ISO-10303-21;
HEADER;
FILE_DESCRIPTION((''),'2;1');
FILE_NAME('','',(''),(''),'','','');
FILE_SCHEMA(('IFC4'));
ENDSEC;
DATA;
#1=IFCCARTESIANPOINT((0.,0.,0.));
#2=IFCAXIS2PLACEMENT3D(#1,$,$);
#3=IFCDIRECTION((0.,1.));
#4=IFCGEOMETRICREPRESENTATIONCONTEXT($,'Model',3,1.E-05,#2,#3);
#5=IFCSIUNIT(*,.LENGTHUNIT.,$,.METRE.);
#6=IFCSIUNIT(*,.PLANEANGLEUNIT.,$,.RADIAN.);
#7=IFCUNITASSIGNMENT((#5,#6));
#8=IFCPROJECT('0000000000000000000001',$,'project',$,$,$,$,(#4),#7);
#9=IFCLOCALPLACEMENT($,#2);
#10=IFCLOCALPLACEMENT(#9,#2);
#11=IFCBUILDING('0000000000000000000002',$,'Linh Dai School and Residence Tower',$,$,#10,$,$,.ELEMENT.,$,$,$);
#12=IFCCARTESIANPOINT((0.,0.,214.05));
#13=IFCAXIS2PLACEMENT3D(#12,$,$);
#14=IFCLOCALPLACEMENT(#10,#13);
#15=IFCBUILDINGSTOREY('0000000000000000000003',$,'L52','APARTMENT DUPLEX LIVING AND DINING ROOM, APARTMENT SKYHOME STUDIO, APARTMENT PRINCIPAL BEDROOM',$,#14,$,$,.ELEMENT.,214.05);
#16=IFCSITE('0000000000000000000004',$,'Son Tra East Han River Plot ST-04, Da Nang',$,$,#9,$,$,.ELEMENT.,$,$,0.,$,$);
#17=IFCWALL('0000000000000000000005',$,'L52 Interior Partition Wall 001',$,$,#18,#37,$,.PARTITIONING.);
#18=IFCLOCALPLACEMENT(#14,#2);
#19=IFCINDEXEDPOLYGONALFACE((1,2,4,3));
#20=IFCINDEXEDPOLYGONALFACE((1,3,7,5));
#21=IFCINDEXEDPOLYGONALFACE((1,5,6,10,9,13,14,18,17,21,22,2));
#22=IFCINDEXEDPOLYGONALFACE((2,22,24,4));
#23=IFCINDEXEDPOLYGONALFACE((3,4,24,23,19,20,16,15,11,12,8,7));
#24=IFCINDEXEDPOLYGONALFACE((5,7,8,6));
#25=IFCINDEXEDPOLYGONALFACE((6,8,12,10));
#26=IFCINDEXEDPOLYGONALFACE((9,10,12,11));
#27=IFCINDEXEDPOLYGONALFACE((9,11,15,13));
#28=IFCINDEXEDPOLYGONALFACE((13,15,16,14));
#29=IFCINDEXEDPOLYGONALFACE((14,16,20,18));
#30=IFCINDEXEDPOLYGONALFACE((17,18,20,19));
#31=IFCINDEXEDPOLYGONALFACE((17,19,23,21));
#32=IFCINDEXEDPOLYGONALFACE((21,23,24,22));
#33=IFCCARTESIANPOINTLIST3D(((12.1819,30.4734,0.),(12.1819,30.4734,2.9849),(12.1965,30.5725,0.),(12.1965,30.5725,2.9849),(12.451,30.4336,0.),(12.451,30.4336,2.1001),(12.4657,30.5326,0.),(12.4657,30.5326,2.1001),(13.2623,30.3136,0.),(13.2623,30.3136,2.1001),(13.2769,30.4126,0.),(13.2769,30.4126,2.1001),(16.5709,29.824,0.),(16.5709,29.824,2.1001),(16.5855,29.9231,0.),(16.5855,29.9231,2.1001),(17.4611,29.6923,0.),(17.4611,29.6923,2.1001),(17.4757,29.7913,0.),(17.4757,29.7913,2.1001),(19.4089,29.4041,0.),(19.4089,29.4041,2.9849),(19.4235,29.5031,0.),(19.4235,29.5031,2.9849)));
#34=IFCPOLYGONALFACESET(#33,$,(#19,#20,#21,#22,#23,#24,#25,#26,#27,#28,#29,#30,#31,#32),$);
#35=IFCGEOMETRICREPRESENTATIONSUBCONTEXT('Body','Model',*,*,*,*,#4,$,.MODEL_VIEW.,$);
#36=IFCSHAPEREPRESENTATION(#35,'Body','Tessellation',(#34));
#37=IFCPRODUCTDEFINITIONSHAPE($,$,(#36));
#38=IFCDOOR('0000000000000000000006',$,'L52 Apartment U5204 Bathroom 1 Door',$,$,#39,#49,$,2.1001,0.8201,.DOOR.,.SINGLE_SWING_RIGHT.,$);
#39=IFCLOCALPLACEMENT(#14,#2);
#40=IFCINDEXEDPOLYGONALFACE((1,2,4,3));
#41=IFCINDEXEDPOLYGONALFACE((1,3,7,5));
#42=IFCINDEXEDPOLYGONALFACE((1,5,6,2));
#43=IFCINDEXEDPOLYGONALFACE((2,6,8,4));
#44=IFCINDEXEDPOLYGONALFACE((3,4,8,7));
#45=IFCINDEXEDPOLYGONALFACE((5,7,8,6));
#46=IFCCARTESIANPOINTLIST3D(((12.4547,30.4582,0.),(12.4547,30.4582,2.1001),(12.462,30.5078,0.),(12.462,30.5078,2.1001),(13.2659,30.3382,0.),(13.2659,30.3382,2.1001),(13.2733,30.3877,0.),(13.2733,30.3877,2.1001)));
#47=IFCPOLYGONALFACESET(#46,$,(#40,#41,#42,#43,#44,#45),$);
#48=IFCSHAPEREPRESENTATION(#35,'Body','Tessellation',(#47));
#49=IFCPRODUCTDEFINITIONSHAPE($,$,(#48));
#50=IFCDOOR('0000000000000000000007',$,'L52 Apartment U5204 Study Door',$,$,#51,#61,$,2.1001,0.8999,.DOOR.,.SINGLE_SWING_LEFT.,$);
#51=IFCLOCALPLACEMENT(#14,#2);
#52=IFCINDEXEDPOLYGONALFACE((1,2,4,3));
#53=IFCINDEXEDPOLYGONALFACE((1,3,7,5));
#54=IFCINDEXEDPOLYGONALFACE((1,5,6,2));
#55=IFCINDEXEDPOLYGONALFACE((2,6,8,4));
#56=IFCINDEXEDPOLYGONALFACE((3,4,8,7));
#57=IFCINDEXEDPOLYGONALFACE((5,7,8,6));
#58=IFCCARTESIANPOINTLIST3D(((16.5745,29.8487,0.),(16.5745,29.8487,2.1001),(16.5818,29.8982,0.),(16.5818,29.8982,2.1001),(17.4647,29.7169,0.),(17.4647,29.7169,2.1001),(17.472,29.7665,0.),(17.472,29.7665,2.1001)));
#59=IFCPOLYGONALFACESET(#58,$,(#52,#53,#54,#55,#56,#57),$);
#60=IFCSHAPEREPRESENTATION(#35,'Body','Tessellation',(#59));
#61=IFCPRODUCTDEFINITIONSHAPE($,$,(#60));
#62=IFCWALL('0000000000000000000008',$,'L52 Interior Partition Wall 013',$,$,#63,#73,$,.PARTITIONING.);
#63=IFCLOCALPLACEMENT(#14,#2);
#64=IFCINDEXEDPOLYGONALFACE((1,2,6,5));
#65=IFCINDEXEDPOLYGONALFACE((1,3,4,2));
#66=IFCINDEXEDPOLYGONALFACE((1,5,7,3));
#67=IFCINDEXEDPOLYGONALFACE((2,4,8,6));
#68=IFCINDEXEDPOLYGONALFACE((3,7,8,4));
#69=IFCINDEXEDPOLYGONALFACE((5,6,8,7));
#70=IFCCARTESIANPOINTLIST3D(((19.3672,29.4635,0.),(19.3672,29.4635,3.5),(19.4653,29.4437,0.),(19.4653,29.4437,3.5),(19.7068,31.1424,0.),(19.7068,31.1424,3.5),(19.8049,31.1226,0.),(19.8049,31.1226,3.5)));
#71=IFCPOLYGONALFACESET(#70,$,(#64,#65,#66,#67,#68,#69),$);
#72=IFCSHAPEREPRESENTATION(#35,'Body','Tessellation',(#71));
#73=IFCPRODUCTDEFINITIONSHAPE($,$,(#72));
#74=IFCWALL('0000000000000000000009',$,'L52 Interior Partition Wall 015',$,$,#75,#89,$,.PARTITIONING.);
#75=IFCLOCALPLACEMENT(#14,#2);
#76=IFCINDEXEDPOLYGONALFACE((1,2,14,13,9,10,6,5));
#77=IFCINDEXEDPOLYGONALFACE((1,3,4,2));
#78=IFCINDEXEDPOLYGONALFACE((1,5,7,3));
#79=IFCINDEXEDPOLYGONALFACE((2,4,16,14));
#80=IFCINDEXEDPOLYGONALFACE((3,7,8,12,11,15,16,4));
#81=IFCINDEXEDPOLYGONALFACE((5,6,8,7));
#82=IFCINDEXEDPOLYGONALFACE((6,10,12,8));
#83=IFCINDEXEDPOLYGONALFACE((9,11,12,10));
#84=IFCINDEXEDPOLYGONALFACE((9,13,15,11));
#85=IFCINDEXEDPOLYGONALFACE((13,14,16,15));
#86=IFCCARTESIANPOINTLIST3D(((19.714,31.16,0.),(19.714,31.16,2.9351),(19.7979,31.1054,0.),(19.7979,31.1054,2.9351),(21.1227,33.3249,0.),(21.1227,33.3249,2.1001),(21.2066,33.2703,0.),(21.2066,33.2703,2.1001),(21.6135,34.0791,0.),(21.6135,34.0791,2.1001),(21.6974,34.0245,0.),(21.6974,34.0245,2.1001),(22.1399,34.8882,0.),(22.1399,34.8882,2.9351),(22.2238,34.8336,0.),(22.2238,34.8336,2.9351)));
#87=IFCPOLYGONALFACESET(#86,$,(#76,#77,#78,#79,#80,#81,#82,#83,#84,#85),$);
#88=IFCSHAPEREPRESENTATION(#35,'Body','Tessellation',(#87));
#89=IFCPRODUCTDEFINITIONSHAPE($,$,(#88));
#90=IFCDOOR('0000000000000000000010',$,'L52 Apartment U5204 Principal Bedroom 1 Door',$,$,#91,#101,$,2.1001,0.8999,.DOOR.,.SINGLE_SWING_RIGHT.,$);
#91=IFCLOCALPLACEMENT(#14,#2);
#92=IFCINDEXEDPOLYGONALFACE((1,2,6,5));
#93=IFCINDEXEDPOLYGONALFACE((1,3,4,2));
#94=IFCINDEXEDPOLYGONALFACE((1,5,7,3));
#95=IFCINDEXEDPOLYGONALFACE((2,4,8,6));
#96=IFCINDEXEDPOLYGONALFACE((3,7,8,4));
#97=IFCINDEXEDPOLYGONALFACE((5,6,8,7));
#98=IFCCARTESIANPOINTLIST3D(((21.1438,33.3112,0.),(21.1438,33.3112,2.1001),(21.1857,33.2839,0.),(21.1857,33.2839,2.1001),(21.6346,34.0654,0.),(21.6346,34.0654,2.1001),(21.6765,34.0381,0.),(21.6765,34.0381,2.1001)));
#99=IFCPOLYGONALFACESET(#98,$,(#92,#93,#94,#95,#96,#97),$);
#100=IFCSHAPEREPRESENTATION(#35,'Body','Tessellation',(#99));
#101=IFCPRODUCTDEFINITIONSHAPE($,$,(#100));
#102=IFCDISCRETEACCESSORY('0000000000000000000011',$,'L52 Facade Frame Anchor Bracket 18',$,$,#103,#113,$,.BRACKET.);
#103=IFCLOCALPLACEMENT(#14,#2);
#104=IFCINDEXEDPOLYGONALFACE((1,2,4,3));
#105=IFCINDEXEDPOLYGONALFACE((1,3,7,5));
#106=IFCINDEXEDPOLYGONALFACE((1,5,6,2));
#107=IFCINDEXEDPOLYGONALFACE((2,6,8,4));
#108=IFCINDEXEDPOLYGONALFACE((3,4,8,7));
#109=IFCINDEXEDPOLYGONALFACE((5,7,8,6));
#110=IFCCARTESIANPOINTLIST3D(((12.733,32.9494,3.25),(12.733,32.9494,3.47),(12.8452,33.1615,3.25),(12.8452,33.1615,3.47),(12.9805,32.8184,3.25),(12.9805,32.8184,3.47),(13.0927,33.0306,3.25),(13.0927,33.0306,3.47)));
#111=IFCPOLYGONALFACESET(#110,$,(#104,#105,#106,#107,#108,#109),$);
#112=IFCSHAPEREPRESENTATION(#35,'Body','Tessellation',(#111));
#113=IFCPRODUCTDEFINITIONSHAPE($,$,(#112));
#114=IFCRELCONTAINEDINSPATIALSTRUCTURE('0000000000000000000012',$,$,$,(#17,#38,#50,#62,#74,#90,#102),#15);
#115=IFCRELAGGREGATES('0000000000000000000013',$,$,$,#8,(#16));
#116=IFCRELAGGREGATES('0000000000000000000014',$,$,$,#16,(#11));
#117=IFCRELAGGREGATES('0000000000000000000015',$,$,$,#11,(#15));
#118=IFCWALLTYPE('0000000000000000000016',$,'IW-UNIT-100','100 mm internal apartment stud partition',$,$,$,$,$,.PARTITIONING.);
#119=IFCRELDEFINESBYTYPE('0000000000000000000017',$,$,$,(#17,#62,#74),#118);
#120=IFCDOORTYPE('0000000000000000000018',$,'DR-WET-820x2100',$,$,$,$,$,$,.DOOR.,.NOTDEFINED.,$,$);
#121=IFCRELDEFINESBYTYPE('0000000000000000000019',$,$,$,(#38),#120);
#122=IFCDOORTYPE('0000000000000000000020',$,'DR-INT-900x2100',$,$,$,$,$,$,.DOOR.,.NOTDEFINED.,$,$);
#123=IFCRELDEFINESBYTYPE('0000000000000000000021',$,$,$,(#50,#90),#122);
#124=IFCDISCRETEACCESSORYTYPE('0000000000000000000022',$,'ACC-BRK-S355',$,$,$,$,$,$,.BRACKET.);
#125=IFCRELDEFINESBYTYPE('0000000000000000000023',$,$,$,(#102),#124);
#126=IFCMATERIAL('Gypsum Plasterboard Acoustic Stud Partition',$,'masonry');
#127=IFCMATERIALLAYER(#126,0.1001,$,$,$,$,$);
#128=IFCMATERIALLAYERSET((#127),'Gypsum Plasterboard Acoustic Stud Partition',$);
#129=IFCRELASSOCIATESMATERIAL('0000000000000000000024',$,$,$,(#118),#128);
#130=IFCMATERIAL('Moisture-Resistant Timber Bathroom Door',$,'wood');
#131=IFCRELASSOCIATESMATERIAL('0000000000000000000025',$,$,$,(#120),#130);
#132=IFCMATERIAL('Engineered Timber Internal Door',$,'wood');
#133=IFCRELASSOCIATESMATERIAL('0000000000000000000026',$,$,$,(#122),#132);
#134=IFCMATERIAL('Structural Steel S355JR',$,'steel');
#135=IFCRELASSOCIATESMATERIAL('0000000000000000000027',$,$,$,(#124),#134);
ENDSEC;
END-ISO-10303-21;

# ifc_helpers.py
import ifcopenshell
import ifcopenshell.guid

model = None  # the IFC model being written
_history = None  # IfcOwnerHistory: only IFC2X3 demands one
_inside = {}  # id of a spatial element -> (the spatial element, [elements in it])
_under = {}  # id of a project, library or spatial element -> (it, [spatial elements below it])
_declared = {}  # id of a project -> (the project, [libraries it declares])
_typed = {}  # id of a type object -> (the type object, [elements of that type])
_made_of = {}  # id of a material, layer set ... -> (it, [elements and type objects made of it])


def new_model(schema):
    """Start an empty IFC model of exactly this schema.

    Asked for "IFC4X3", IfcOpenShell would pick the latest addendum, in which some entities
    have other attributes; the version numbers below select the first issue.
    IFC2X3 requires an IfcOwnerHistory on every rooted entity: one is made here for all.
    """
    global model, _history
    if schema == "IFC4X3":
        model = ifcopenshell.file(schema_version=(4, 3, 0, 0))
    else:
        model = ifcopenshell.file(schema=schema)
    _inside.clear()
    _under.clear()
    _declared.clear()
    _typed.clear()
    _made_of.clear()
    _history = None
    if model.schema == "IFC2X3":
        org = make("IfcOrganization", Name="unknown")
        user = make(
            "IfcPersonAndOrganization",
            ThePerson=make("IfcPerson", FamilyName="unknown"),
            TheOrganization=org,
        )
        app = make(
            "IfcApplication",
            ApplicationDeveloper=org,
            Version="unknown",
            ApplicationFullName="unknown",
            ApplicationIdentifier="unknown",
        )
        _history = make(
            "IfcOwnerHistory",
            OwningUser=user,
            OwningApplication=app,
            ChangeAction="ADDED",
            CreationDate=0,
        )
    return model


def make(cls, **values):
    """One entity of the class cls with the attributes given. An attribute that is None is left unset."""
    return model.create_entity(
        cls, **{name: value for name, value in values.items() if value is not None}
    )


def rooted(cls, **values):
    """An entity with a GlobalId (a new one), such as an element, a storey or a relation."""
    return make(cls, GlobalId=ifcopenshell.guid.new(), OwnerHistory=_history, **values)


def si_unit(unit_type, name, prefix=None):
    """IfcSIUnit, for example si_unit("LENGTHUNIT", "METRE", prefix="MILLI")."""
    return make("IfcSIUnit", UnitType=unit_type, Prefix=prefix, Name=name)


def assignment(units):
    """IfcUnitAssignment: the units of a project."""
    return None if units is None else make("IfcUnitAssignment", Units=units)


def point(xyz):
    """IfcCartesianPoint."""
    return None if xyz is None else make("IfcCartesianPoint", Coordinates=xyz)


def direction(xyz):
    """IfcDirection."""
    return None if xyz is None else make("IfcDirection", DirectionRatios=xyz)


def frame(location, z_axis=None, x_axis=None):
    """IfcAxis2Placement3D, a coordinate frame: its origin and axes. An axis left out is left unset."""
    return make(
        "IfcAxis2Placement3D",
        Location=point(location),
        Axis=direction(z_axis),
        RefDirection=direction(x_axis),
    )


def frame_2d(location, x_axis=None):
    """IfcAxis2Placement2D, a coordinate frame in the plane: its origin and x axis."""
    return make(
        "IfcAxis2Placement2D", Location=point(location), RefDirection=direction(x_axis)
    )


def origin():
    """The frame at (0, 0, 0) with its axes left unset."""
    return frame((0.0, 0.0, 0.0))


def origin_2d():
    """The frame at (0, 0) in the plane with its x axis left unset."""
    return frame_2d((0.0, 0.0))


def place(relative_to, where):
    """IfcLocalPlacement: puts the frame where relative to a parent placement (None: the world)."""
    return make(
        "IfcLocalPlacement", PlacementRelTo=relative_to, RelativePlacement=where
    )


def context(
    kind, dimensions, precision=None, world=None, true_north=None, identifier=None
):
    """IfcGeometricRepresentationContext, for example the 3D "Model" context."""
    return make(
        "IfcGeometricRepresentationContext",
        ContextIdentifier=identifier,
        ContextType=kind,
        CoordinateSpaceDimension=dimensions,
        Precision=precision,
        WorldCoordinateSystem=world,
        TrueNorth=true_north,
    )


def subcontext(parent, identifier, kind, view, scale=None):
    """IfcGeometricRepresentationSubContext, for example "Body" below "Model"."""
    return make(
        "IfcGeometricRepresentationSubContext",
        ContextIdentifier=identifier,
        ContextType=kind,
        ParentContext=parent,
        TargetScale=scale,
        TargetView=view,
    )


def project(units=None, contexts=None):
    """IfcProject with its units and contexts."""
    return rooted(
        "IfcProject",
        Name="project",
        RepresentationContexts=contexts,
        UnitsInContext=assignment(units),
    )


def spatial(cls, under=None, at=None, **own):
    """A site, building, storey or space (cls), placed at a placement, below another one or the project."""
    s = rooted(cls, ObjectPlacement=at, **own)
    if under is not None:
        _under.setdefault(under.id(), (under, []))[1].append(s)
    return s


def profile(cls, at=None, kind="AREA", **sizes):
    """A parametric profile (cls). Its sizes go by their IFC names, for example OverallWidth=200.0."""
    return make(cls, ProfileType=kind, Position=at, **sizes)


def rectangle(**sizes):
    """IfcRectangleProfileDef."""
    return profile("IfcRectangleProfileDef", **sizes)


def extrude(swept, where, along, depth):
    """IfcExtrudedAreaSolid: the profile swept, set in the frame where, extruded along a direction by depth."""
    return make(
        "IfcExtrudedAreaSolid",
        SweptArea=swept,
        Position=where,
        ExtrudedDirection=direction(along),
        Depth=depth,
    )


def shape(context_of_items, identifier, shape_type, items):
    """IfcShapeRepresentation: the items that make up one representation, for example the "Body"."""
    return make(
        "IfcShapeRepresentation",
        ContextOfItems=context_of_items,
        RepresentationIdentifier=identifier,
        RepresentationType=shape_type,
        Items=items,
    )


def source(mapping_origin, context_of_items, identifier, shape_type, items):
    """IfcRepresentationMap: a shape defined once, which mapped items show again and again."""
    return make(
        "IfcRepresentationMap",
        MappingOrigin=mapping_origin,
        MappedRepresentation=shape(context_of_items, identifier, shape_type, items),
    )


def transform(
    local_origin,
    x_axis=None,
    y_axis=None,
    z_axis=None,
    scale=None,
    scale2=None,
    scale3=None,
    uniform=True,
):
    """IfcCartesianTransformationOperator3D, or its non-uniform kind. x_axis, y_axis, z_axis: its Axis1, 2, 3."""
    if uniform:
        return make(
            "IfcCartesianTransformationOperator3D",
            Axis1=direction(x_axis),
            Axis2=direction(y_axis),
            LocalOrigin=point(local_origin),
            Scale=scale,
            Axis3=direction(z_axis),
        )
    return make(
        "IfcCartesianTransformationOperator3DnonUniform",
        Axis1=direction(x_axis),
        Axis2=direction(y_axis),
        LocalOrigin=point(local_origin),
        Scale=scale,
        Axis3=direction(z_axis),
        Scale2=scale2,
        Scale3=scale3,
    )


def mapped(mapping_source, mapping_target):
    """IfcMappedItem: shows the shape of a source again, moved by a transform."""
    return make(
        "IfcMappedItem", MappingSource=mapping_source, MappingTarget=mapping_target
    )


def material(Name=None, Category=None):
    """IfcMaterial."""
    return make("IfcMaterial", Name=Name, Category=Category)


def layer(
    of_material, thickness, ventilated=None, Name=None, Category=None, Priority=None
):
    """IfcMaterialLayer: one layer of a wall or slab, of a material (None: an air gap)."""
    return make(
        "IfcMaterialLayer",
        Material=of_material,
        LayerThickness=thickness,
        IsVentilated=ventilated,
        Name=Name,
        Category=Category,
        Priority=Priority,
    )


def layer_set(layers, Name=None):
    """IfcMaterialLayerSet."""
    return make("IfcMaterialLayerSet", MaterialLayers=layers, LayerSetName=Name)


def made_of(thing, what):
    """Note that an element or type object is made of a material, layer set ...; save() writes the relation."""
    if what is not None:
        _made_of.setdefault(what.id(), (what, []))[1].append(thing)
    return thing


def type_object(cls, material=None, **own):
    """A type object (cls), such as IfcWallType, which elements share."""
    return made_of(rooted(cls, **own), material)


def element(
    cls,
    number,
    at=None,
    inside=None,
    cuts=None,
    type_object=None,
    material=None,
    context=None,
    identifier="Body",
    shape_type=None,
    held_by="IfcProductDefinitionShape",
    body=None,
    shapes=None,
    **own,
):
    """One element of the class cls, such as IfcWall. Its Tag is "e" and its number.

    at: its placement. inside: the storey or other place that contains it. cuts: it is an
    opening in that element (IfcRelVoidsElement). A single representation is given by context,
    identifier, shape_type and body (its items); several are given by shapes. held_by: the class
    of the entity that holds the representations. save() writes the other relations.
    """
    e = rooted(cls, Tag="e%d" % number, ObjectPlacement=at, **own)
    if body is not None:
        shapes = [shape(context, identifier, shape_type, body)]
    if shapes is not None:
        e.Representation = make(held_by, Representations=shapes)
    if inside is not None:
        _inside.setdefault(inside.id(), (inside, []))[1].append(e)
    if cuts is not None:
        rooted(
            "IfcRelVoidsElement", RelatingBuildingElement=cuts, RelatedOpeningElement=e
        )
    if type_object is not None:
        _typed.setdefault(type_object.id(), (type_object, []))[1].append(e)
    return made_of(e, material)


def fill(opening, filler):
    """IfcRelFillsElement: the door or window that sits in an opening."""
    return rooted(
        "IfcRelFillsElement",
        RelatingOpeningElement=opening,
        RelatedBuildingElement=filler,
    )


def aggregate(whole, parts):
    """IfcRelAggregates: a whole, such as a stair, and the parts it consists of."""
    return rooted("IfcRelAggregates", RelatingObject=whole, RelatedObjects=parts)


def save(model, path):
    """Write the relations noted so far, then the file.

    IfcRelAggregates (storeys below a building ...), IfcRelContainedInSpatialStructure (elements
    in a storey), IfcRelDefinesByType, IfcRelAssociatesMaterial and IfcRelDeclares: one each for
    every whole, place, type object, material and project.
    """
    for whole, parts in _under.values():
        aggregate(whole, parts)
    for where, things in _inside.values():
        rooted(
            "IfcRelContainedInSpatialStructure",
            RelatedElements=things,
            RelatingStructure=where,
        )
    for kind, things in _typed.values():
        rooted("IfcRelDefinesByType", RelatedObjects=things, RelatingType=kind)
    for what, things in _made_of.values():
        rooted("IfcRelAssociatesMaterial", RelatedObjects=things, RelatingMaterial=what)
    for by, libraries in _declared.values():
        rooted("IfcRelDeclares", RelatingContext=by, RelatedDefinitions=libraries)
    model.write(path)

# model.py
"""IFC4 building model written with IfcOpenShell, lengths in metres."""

from ifc_helpers import new_model, si_unit, direction, frame, frame_2d, origin, origin_2d, place, context, subcontext, project, spatial, rectangle, extrude, source, transform, mapped, material, layer, layer_set, type_object, element, fill, save


model = new_model("IFC4")

# Units and contexts
model_context = context("Model", 3, precision=1e-05, world=origin(), true_north=direction((0.0, 1.0)))
body_context = subcontext(model_context, "Body", "Model", "MODEL_VIEW")
ifc_project = project(units=[si_unit("LENGTHUNIT", "METRE"), si_unit("PLANEANGLEUNIT", "RADIAN")], contexts=[model_context])

# Site, building, storey
site_placement = place(None, origin())
site = spatial("IfcSite", under=ifc_project, at=site_placement, Name="Son Tra East Han River Plot ST-04, Da Nang", CompositionType="ELEMENT", RefElevation=0.0)
building_placement = place(site_placement, origin())
building = spatial("IfcBuilding", under=site, at=building_placement, Name="Linh Dai School and Residence Tower", CompositionType="ELEMENT")
storey_placement = place(building_placement, frame((0.0, 0.0, 214.05)))
storey = spatial("IfcBuildingStorey", under=building, at=storey_placement, Name="L52", Description="APARTMENT DUPLEX LIVING AND DINING ROOM, APARTMENT SKYHOME STUDIO, APARTMENT PRINCIPAL BEDROOM", CompositionType="ELEMENT", Elevation=214.05)

# Shared definitions
ifc_material_1 = material(Name="Structural Steel S355JR", Category="steel")

# Wall, openings, doors
ifc_material_2 = material(Name="Gypsum Plasterboard Acoustic Stud Partition", Category="masonry")
ifc_layer_1 = layer(ifc_material_2, 0.1001)
ifc_layer_set_1 = layer_set([ifc_layer_1], Name="Gypsum Plasterboard Acoustic Stud Partition")
wall_type_1 = type_object("IfcWallType", Name="IW-UNIT-100", Description="100 mm internal apartment stud partition", PredefinedType="PARTITIONING", material=ifc_layer_set_1)
wall_1_placement = place(storey_placement, frame((12.1892, 30.5229, 0.0), z_axis=(0.0, 0.0, 1.0), x_axis=(0.98923, -0.146369, 0.0)))
wall_1 = element("IfcWall", 1, at=wall_1_placement, inside=storey, type_object=wall_type_1, Name="L52 Interior Partition Wall 001", PredefinedType="PARTITIONING", context=body_context, shape_type="SweptSolid", body=[
    extrude(rectangle(XDim=7.3057, YDim=0.1001, at=frame_2d((3.6528, 0.0))), origin(), (0.0, 0.0, 1.0), 2.9849),
])
opening_1_placement = place(wall_1_placement, frame((4.4368, 0.0, 0.0)))
opening_1 = element("IfcOpeningElement", 2, at=opening_1_placement, cuts=wall_1, PredefinedType="OPENING", context=body_context, shape_type="SweptSolid", body=[
    extrude(rectangle(XDim=0.8999, YDim=2.1001, at=origin_2d()), frame((0.45, 0.0601, 1.05), z_axis=(0.0, -1.0, 0.0), x_axis=(1.0, 0.0, 0.0)), (0.0, 0.0, 1.0), 0.1201),
])
opening_2_placement = place(wall_1_placement, frame((0.272, 0.0, 0.0)))
opening_2 = element("IfcOpeningElement", 3, at=opening_2_placement, cuts=wall_1, PredefinedType="OPENING", context=body_context, shape_type="SweptSolid", body=[
    extrude(rectangle(XDim=0.8201, YDim=2.1001, at=origin_2d()), frame((0.4102, 0.0601, 1.05), z_axis=(0.0, -1.0, 0.0), x_axis=(1.0, 0.0, 0.0)), (0.0, 0.0, 1.0), 0.1201),
])
ifc_material_3 = material(Name="Moisture-Resistant Timber Bathroom Door", Category="wood")
door_type_1 = type_object("IfcDoorType", Name="DR-WET-820x2100", OperationType="NOTDEFINED", PredefinedType="DOOR", material=ifc_material_3)
shared_shape_1 = source(origin(), body_context, "Body", "SweptSolid", [
    extrude(rectangle(XDim=0.8201, YDim=2.1001, at=origin_2d()), frame((0.4102, 0.0249, 1.05), z_axis=(0.0, -1.0, 0.0), x_axis=(1.0, 0.0, 0.0)), (0.0, 0.0, 1.0), 0.05),
])
door_1_placement = place(opening_2_placement, origin())
door_1 = element("IfcDoor", 4, at=door_1_placement, inside=storey, type_object=door_type_1, Name="L52 Apartment U5204 Bathroom 1 Door", OperationType="SINGLE_SWING_RIGHT", OverallHeight=2.1001, OverallWidth=0.8201, PredefinedType="DOOR", context=body_context, shape_type="MappedRepresentation", body=[
    mapped(shared_shape_1, transform((0.0, 0.0, 0.0), x_axis=(1.0, 0.0, 0.0), y_axis=(0.0, 1.0, 0.0), z_axis=(0.0, 0.0, 1.0), scale=1.0)),
])
fill(opening_2, door_1)
ifc_material_4 = material(Name="Engineered Timber Internal Door", Category="wood")
door_type_2 = type_object("IfcDoorType", Name="DR-INT-900x2100", OperationType="NOTDEFINED", PredefinedType="DOOR", material=ifc_material_4)
shared_shape_2 = source(origin(), body_context, "Body", "SweptSolid", [
    extrude(rectangle(XDim=0.8999, YDim=2.1001, at=origin_2d()), frame((0.45, 0.0249, 1.05), z_axis=(0.0, -1.0, 0.0), x_axis=(1.0, 0.0, 0.0)), (0.0, 0.0, 1.0), 0.05),
])
door_2_placement = place(opening_1_placement, origin())
door_2 = element("IfcDoor", 5, at=door_2_placement, inside=storey, type_object=door_type_2, Name="L52 Apartment U5204 Study Door", OperationType="SINGLE_SWING_LEFT", OverallHeight=2.1001, OverallWidth=0.8999, PredefinedType="DOOR", context=body_context, shape_type="MappedRepresentation", body=[
    mapped(shared_shape_2, transform((0.0, 0.0, 0.0), x_axis=(1.0, 0.0, 0.0), y_axis=(0.0, 1.0, 0.0), z_axis=(0.0, 0.0, 1.0), scale=1.0)),
])
fill(opening_1, door_2)

# Wall
wall_2_placement = place(storey_placement, frame((19.4163, 29.4536, 0.0), z_axis=(0.0, 0.0, 1.0), x_axis=(0.198254, 0.980151, 0.0)))
element("IfcWall", 6, at=wall_2_placement, inside=storey, type_object=wall_type_1, Name="L52 Interior Partition Wall 013", PredefinedType="PARTITIONING", context=body_context, shape_type="SweptSolid", body=[
    extrude(rectangle(XDim=1.7129, YDim=0.1001, at=frame_2d((0.8564, 0.0))), origin(), (0.0, 0.0, 1.0), 3.5),
])

# Wall, opening, door
wall_3_placement = place(storey_placement, frame((19.7559, 31.1326, 0.0), z_axis=(0.0, 0.0, 1.0), x_axis=(0.545407, 0.838171, 0.0)))
wall_3 = element("IfcWall", 7, at=wall_3_placement, inside=storey, type_object=wall_type_1, Name="L52 Interior Partition Wall 015", PredefinedType="PARTITIONING", context=body_context, shape_type="SweptSolid", body=[
    extrude(rectangle(XDim=4.448, YDim=0.1001, at=frame_2d((2.2241, 0.0))), origin(), (0.0, 0.0, 1.0), 2.9351),
])
opening_3_placement = place(wall_3_placement, frame((2.583, 0.0, 0.0)))
opening_3 = element("IfcOpeningElement", 8, at=opening_3_placement, cuts=wall_3, PredefinedType="OPENING", context=body_context, shape_type="SweptSolid", body=[
    extrude(rectangle(XDim=0.8999, YDim=2.1001, at=origin_2d()), frame((0.45, 0.0601, 1.05), z_axis=(0.0, -1.0, 0.0), x_axis=(1.0, 0.0, 0.0)), (0.0, 0.0, 1.0), 0.1201),
])
door_3_placement = place(opening_3_placement, origin())
door_3 = element("IfcDoor", 9, at=door_3_placement, inside=storey, type_object=door_type_2, Name="L52 Apartment U5204 Principal Bedroom 1 Door", OperationType="SINGLE_SWING_RIGHT", OverallHeight=2.1001, OverallWidth=0.8999, PredefinedType="DOOR", context=body_context, shape_type="MappedRepresentation", body=[
    mapped(shared_shape_2, transform((0.0, 0.0, 0.0), x_axis=(1.0, 0.0, 0.0), y_axis=(0.0, 1.0, 0.0), z_axis=(0.0, 0.0, 1.0), scale=1.0)),
])
fill(opening_3, door_3)

# Discrete accessory
discrete_accessory_type = type_object("IfcDiscreteAccessoryType", Name="ACC-BRK-S355", PredefinedType="BRACKET", material=ifc_material_1)
shared_shape_3 = source(origin(), body_context, "Body", "SweptSolid", [
    extrude(rectangle(XDim=0.28, YDim=0.24, at=origin_2d()), origin(), (0.0, 0.0, 1.0), 0.22),
])
discrete_accessory_placement = place(storey_placement, frame((12.9128, 32.99, 3.25), z_axis=(0.0, 0.0, 1.0), x_axis=(-0.883929, 0.467621, 0.0)))
element("IfcDiscreteAccessory", 10, at=discrete_accessory_placement, inside=storey, type_object=discrete_accessory_type, Name="L52 Facade Frame Anchor Bracket 18", PredefinedType="BRACKET", context=body_context, shape_type="MappedRepresentation", body=[
    mapped(shared_shape_3, transform((0.0, 0.0, 0.0), x_axis=(1.0, 0.0, 0.0), y_axis=(0.0, 1.0, 0.0), z_axis=(0.0, 0.0, 1.0), scale=1.0)),
])

save(model, "model.ifc")
